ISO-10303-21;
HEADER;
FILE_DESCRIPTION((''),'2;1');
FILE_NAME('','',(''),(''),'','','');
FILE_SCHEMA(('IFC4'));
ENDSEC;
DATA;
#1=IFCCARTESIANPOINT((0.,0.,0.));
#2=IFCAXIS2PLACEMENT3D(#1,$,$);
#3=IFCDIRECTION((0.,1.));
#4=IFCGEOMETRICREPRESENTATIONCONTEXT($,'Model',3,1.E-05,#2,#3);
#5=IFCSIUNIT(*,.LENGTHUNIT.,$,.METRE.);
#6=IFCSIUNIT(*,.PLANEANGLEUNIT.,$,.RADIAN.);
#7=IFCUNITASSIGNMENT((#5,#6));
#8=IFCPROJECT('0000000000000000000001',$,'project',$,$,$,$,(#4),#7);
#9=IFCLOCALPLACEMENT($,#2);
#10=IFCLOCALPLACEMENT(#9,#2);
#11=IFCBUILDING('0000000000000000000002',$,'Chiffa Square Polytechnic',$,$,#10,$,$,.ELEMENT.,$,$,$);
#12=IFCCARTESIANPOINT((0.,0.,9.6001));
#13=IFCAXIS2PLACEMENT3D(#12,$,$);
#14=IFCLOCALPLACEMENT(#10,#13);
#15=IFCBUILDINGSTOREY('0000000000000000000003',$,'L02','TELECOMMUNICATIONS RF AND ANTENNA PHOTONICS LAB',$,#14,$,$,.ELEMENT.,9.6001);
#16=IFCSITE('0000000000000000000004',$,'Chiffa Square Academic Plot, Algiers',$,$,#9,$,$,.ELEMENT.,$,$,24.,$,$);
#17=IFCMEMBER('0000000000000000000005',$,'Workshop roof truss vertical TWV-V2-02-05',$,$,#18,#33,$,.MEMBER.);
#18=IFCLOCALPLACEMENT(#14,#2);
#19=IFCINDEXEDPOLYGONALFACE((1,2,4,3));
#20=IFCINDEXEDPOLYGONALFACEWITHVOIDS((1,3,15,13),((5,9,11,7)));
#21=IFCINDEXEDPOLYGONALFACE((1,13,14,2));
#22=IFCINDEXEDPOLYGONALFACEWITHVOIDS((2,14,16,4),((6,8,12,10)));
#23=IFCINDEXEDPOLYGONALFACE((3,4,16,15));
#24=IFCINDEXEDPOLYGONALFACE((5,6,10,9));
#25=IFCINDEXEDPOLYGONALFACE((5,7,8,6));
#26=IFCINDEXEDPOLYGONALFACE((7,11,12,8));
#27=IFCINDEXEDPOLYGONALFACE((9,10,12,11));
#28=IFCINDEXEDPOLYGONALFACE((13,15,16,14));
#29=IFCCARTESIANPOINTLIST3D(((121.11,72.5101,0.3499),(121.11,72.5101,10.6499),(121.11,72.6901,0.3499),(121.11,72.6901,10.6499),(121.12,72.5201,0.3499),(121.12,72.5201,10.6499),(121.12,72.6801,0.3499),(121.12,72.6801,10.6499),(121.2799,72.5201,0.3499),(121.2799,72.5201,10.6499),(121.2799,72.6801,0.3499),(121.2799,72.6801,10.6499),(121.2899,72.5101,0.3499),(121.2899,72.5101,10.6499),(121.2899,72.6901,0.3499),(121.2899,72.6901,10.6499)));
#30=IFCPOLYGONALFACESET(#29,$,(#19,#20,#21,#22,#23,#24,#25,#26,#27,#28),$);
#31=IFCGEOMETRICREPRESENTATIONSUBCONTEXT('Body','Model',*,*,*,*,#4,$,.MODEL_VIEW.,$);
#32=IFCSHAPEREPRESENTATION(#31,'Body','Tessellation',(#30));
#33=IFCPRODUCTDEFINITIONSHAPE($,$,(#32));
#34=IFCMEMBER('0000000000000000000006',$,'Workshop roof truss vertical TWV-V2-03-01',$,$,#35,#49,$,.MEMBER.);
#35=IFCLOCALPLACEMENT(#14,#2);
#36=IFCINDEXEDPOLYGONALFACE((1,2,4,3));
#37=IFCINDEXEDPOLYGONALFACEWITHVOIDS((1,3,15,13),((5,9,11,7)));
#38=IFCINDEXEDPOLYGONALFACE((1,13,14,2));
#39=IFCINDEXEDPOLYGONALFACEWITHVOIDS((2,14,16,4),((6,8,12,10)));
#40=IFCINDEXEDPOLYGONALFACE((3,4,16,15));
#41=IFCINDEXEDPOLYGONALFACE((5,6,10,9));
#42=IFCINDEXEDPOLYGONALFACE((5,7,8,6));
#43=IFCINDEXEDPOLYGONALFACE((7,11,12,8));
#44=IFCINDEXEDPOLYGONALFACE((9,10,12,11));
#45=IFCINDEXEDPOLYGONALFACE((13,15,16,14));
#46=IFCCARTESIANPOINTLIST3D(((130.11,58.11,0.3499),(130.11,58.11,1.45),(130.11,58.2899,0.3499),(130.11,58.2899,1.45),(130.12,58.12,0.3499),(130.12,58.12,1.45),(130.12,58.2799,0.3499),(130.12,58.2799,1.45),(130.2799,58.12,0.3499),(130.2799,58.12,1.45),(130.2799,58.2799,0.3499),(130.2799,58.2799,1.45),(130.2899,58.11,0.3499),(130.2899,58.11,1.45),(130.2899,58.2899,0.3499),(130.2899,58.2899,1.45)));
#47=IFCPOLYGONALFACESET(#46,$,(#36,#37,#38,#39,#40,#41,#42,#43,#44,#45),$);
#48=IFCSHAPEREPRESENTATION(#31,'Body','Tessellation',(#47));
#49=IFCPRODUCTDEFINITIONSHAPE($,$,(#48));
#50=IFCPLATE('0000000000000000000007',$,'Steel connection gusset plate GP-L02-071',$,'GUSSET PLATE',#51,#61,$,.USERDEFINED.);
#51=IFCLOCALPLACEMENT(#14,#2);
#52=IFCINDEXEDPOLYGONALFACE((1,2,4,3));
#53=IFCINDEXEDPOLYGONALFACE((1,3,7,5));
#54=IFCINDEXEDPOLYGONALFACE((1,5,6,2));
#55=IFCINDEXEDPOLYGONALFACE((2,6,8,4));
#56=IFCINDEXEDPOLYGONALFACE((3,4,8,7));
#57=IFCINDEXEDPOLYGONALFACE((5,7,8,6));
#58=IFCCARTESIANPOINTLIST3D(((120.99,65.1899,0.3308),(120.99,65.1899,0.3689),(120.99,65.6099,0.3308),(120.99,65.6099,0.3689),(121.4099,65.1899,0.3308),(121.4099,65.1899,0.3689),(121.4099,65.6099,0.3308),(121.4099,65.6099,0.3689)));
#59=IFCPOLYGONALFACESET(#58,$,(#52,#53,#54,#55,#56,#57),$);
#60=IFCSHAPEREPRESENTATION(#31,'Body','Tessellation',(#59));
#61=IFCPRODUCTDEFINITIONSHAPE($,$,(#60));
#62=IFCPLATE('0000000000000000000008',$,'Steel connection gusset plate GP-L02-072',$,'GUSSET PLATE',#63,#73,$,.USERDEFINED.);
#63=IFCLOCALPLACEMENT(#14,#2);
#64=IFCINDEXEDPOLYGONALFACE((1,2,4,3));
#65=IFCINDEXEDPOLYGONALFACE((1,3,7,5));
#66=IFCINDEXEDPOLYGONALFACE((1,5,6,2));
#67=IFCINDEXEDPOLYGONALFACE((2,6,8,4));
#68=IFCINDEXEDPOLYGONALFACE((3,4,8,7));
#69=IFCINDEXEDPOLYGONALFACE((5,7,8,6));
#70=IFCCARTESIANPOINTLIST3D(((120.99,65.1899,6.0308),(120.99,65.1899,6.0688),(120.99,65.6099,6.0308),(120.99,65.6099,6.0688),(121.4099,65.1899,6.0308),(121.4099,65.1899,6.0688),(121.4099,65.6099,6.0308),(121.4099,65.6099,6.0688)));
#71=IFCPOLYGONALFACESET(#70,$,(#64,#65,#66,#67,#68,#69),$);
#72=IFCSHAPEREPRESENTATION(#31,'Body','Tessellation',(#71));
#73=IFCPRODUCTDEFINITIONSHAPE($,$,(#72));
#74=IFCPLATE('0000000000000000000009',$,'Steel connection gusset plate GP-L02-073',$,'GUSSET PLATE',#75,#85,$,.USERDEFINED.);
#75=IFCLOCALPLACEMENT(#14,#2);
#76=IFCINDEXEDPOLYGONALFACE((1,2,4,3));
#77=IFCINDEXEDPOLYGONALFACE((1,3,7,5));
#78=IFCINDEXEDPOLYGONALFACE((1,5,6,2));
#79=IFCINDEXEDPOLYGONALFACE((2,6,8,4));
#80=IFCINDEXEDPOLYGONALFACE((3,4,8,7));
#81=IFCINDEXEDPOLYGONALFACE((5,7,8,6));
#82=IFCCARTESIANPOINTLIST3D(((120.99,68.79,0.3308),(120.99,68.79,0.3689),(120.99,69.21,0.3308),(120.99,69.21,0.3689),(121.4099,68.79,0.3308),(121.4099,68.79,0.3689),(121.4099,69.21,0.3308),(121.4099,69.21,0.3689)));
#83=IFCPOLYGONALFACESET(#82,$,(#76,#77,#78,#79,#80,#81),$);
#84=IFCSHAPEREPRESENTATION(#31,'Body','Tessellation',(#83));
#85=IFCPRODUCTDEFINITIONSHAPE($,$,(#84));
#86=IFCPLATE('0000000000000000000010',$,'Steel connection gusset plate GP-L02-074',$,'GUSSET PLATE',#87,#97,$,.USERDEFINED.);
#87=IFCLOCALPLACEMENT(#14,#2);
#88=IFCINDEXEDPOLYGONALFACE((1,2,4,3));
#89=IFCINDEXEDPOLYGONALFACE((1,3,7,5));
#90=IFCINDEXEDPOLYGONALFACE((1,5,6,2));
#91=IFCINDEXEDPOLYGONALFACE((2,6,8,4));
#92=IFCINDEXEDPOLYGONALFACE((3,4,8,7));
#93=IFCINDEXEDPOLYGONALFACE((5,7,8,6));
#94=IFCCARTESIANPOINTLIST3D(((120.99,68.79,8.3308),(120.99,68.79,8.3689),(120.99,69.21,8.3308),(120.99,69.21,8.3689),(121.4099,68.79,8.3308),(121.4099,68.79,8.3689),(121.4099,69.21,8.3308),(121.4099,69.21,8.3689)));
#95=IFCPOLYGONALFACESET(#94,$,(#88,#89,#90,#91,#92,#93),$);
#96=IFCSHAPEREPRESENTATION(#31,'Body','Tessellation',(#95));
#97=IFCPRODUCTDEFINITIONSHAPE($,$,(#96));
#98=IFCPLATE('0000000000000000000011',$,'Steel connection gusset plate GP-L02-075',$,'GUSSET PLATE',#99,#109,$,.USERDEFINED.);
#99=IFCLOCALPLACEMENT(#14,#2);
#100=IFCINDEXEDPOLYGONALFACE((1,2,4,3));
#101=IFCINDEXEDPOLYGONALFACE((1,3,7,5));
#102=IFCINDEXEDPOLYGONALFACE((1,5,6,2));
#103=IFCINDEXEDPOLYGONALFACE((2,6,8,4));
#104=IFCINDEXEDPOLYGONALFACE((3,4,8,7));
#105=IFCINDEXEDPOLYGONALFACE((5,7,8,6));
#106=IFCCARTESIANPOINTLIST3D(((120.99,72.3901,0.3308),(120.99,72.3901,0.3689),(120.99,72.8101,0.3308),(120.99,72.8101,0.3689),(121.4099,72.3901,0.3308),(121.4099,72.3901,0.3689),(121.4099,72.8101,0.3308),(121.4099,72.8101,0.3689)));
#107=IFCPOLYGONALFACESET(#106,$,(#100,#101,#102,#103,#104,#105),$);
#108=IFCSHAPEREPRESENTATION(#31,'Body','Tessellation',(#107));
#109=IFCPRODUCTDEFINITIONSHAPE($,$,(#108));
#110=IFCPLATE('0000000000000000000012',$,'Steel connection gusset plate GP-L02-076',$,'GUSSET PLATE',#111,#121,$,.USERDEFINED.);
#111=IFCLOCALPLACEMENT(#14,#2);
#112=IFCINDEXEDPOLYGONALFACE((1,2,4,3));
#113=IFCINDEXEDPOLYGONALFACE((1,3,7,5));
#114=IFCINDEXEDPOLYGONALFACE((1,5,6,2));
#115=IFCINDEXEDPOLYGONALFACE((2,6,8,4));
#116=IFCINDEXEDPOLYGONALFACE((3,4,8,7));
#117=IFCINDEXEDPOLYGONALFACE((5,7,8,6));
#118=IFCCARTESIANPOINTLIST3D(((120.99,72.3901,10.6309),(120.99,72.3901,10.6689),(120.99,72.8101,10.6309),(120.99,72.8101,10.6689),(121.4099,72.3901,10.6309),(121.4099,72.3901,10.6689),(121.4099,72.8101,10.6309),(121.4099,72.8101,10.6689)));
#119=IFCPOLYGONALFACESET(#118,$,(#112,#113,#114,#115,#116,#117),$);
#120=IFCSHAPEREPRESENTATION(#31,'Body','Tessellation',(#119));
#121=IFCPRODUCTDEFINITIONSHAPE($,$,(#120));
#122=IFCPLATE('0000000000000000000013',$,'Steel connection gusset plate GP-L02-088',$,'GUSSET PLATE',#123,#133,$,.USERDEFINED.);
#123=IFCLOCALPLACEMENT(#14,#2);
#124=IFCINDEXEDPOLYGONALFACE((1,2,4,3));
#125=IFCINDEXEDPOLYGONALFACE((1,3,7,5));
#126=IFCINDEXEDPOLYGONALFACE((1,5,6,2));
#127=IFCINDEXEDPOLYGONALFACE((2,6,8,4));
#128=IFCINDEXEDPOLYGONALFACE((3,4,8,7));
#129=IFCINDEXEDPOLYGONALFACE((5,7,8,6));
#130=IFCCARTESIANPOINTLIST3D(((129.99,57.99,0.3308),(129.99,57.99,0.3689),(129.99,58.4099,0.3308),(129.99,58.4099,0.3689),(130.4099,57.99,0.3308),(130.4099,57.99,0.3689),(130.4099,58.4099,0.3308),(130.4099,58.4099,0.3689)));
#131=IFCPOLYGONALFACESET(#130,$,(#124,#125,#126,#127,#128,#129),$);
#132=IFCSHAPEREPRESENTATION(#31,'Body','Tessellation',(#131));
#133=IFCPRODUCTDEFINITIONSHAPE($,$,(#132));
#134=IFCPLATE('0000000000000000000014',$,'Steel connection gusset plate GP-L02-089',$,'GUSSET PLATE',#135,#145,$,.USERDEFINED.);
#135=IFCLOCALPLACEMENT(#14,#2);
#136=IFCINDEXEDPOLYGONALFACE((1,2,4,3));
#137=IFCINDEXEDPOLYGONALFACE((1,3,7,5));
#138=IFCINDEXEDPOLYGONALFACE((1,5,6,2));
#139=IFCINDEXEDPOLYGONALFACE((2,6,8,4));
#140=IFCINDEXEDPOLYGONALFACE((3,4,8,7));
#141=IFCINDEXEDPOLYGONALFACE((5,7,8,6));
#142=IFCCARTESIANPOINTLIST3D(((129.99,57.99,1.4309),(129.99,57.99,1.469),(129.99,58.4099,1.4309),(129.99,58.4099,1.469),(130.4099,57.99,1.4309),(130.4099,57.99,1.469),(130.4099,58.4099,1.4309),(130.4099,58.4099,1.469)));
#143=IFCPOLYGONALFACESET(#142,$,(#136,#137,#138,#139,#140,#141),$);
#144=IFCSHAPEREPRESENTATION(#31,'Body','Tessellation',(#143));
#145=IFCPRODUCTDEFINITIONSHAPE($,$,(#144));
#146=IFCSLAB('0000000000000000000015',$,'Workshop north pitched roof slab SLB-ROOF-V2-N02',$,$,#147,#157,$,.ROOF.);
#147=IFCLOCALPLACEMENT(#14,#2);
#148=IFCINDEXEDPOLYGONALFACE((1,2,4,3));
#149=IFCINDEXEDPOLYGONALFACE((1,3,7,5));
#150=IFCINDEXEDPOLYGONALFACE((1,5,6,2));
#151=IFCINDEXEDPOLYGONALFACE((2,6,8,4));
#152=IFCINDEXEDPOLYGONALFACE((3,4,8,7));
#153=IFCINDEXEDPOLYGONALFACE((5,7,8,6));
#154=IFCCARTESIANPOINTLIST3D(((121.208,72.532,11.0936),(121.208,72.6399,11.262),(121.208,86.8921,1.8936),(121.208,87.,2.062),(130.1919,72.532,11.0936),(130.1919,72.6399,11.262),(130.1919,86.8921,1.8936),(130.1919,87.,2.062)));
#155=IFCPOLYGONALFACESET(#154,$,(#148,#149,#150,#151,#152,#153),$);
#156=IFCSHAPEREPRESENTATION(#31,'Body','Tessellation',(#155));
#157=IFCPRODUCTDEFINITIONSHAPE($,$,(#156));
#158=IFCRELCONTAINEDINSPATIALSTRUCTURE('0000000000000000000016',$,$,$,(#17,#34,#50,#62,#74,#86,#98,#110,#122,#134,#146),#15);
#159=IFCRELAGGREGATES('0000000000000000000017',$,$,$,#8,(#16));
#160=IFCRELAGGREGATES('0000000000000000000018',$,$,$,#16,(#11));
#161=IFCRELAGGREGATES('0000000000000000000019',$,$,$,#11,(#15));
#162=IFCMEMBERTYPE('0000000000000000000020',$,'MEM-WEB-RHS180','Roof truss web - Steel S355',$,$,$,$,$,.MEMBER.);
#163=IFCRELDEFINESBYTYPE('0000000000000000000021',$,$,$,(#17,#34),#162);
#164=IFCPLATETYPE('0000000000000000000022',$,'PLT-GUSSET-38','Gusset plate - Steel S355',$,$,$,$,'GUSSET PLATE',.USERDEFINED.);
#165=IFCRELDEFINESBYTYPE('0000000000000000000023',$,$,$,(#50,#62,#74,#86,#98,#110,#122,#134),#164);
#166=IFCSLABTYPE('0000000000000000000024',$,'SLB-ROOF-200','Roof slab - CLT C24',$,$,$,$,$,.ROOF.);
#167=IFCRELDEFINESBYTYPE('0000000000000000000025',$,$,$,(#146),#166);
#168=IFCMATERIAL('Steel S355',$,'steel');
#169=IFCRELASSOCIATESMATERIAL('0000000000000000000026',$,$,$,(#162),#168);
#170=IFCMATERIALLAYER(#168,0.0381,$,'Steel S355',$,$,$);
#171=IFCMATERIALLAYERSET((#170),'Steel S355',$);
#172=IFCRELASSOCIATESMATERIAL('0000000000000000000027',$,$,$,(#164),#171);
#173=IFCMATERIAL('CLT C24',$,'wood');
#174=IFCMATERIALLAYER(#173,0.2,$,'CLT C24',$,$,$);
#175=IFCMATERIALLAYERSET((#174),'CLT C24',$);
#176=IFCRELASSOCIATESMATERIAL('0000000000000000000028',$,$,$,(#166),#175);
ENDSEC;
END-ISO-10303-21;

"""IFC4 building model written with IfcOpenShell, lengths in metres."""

from ifc_helpers import new_model, si_unit, direction, frame, origin, origin_2d, place, context, subcontext, project, spatial, polyline, rectangle, hollow_rectangle, outline, extrude, material, layer, layer_set, material_profile, profile_set, type_object, element, save


model = new_model("IFC4")

# Units and contexts
model_context = context("Model", 3, precision=1e-05, world=origin(), true_north=direction((0.0, 1.0)))
body_context = subcontext(model_context, "Body", "Model", "MODEL_VIEW")
ifc_project = project(units=[si_unit("LENGTHUNIT", "METRE"), si_unit("PLANEANGLEUNIT", "RADIAN")], contexts=[model_context])

# Site, building, storey
site_placement = place(None, origin())
site = spatial("IfcSite", under=ifc_project, at=site_placement, Name="Chiffa Square Academic Plot, Algiers", CompositionType="ELEMENT", RefElevation=24.0)
building_placement = place(site_placement, origin())
building = spatial("IfcBuilding", under=site, at=building_placement, Name="Chiffa Square Polytechnic", CompositionType="ELEMENT")
storey_placement = place(building_placement, frame((0.0, 0.0, 9.6001)))
storey = spatial("IfcBuildingStorey", under=building, at=storey_placement, Name="L02", Description="TELECOMMUNICATIONS RF AND ANTENNA PHOTONICS LAB", CompositionType="ELEMENT", Elevation=9.6001)

# Shared definitions
ifc_material_1 = material(Name="Steel S355", Category="steel")

# Members
ifc_material_profile_1 = material_profile(ifc_material_1, hollow_rectangle(XDim=0.1799, YDim=0.1799, WallThickness=0.01, at=origin_2d()), Name="RHS 180x180x10")
ifc_profile_set_1 = profile_set([ifc_material_profile_1], Name="Steel S355")
member_type_1 = type_object("IfcMemberType", Name="MEM-WEB-RHS180", Description="Roof truss web - Steel S355", PredefinedType="MEMBER", material=ifc_profile_set_1)
member_1_placement = place(storey_placement, frame((121.2, 72.6001, 0.3499), z_axis=(0.0, 0.0, 1.0), x_axis=(1.0, 0.0, 0.0)))
element("IfcMember", 1, at=member_1_placement, inside=storey, type_object=member_type_1, Name="Workshop roof truss vertical TWV-V2-02-05", PredefinedType="MEMBER", context=body_context, shape_type="SweptSolid", body=[
    extrude(hollow_rectangle(XDim=0.1799, YDim=0.1799, WallThickness=0.01, at=origin_2d()), origin(), (0.0, 0.0, 1.0), 10.3),
])
member_2_placement = place(storey_placement, frame((130.2, 58.2, 0.3499), z_axis=(0.0, 0.0, 1.0), x_axis=(1.0, 0.0, 0.0)))
element("IfcMember", 2, at=member_2_placement, inside=storey, type_object=member_type_1, Name="Workshop roof truss vertical TWV-V2-03-01", PredefinedType="MEMBER", context=body_context, shape_type="SweptSolid", body=[
    extrude(hollow_rectangle(XDim=0.1799, YDim=0.1799, WallThickness=0.01, at=origin_2d()), origin(), (0.0, 0.0, 1.0), 1.1001),
])

# Plates
ifc_layer_1 = layer(ifc_material_1, 0.0381, Name="Steel S355")
ifc_layer_set_1 = layer_set([ifc_layer_1], Name="Steel S355")
plate_type = type_object("IfcPlateType", Name="PLT-GUSSET-38", Description="Gusset plate - Steel S355", ElementType="GUSSET PLATE", PredefinedType="USERDEFINED", material=ifc_layer_set_1)
for number, where, z_axis, x_axis, name in (
    (3, (121.2, 65.3999, 0.3308), (0.0, 0.0, 1.0), (1.0, 0.0, 0.0), "Steel connection gusset plate GP-L02-071"),
    (4, (121.2, 65.3999, 6.0308), (0.0, 0.0, 1.0), (1.0, 0.0, 0.0), "Steel connection gusset plate GP-L02-072"),
    (5, (121.2, 69.0, 0.3308), (0.0, 0.0, 1.0), (1.0, 0.0, 0.0), "Steel connection gusset plate GP-L02-073"),
    (6, (121.2, 69.0, 8.3308), (0.0, 0.0, 1.0), (1.0, 0.0, 0.0), "Steel connection gusset plate GP-L02-074"),
    (7, (121.2, 72.6001, 0.3308), (0.0, 0.0, 1.0), (1.0, 0.0, 0.0), "Steel connection gusset plate GP-L02-075"),
    (8, (121.2, 72.6001, 10.6309), (0.0, 0.0, 1.0), (1.0, 0.0, 0.0), "Steel connection gusset plate GP-L02-076"),
    (9, (130.2, 58.2, 0.3308), (0.0, 0.0, 1.0), (1.0, 0.0, 0.0), "Steel connection gusset plate GP-L02-088"),
    (10, (130.2, 58.2, 1.4309), (0.0, 0.0, 1.0), (1.0, 0.0, 0.0), "Steel connection gusset plate GP-L02-089"),
):
    element("IfcPlate", number, at=place(storey_placement, frame(where, z_axis=z_axis, x_axis=x_axis)), inside=storey, type_object=plate_type, Name=name, ObjectType="GUSSET PLATE", PredefinedType="USERDEFINED", context=body_context, shape_type="SweptSolid", body=[
        extrude(rectangle(XDim=0.4199, YDim=0.4199, at=origin_2d()), origin(), (0.0, 0.0, 1.0), 0.0381),
    ])

# Slab
ifc_material_2 = material(Name="CLT C24", Category="wood")
ifc_layer_2 = layer(ifc_material_2, 0.2, Name="CLT C24")
ifc_layer_set_2 = layer_set([ifc_layer_2], Name="CLT C24")
slab_type = type_object("IfcSlabType", Name="SLB-ROOF-200", Description="Roof slab - CLT C24", PredefinedType="ROOF", material=ifc_layer_set_2)
slab_placement = place(storey_placement, frame((121.208, 72.6399, 11.262), z_axis=(0.0, 0.539448, 0.842019), x_axis=(1.0, 0.0, 0.0)))
element("IfcSlab", 11, at=slab_placement, inside=storey, type_object=slab_type, Name="Workshop north pitched roof slab SLB-ROOF-V2-N02", PredefinedType="ROOF", context=body_context, shape_type="SweptSolid", body=[
    extrude(outline(polyline([(0.0, 0.0), (8.9839, 0.0), (8.9839, 17.0544), (0.0, 17.0544), (0.0, 0.0)])), origin(), (0.0, 0.0, -1.0), 0.2),
])

save(model, "model.ifc")
